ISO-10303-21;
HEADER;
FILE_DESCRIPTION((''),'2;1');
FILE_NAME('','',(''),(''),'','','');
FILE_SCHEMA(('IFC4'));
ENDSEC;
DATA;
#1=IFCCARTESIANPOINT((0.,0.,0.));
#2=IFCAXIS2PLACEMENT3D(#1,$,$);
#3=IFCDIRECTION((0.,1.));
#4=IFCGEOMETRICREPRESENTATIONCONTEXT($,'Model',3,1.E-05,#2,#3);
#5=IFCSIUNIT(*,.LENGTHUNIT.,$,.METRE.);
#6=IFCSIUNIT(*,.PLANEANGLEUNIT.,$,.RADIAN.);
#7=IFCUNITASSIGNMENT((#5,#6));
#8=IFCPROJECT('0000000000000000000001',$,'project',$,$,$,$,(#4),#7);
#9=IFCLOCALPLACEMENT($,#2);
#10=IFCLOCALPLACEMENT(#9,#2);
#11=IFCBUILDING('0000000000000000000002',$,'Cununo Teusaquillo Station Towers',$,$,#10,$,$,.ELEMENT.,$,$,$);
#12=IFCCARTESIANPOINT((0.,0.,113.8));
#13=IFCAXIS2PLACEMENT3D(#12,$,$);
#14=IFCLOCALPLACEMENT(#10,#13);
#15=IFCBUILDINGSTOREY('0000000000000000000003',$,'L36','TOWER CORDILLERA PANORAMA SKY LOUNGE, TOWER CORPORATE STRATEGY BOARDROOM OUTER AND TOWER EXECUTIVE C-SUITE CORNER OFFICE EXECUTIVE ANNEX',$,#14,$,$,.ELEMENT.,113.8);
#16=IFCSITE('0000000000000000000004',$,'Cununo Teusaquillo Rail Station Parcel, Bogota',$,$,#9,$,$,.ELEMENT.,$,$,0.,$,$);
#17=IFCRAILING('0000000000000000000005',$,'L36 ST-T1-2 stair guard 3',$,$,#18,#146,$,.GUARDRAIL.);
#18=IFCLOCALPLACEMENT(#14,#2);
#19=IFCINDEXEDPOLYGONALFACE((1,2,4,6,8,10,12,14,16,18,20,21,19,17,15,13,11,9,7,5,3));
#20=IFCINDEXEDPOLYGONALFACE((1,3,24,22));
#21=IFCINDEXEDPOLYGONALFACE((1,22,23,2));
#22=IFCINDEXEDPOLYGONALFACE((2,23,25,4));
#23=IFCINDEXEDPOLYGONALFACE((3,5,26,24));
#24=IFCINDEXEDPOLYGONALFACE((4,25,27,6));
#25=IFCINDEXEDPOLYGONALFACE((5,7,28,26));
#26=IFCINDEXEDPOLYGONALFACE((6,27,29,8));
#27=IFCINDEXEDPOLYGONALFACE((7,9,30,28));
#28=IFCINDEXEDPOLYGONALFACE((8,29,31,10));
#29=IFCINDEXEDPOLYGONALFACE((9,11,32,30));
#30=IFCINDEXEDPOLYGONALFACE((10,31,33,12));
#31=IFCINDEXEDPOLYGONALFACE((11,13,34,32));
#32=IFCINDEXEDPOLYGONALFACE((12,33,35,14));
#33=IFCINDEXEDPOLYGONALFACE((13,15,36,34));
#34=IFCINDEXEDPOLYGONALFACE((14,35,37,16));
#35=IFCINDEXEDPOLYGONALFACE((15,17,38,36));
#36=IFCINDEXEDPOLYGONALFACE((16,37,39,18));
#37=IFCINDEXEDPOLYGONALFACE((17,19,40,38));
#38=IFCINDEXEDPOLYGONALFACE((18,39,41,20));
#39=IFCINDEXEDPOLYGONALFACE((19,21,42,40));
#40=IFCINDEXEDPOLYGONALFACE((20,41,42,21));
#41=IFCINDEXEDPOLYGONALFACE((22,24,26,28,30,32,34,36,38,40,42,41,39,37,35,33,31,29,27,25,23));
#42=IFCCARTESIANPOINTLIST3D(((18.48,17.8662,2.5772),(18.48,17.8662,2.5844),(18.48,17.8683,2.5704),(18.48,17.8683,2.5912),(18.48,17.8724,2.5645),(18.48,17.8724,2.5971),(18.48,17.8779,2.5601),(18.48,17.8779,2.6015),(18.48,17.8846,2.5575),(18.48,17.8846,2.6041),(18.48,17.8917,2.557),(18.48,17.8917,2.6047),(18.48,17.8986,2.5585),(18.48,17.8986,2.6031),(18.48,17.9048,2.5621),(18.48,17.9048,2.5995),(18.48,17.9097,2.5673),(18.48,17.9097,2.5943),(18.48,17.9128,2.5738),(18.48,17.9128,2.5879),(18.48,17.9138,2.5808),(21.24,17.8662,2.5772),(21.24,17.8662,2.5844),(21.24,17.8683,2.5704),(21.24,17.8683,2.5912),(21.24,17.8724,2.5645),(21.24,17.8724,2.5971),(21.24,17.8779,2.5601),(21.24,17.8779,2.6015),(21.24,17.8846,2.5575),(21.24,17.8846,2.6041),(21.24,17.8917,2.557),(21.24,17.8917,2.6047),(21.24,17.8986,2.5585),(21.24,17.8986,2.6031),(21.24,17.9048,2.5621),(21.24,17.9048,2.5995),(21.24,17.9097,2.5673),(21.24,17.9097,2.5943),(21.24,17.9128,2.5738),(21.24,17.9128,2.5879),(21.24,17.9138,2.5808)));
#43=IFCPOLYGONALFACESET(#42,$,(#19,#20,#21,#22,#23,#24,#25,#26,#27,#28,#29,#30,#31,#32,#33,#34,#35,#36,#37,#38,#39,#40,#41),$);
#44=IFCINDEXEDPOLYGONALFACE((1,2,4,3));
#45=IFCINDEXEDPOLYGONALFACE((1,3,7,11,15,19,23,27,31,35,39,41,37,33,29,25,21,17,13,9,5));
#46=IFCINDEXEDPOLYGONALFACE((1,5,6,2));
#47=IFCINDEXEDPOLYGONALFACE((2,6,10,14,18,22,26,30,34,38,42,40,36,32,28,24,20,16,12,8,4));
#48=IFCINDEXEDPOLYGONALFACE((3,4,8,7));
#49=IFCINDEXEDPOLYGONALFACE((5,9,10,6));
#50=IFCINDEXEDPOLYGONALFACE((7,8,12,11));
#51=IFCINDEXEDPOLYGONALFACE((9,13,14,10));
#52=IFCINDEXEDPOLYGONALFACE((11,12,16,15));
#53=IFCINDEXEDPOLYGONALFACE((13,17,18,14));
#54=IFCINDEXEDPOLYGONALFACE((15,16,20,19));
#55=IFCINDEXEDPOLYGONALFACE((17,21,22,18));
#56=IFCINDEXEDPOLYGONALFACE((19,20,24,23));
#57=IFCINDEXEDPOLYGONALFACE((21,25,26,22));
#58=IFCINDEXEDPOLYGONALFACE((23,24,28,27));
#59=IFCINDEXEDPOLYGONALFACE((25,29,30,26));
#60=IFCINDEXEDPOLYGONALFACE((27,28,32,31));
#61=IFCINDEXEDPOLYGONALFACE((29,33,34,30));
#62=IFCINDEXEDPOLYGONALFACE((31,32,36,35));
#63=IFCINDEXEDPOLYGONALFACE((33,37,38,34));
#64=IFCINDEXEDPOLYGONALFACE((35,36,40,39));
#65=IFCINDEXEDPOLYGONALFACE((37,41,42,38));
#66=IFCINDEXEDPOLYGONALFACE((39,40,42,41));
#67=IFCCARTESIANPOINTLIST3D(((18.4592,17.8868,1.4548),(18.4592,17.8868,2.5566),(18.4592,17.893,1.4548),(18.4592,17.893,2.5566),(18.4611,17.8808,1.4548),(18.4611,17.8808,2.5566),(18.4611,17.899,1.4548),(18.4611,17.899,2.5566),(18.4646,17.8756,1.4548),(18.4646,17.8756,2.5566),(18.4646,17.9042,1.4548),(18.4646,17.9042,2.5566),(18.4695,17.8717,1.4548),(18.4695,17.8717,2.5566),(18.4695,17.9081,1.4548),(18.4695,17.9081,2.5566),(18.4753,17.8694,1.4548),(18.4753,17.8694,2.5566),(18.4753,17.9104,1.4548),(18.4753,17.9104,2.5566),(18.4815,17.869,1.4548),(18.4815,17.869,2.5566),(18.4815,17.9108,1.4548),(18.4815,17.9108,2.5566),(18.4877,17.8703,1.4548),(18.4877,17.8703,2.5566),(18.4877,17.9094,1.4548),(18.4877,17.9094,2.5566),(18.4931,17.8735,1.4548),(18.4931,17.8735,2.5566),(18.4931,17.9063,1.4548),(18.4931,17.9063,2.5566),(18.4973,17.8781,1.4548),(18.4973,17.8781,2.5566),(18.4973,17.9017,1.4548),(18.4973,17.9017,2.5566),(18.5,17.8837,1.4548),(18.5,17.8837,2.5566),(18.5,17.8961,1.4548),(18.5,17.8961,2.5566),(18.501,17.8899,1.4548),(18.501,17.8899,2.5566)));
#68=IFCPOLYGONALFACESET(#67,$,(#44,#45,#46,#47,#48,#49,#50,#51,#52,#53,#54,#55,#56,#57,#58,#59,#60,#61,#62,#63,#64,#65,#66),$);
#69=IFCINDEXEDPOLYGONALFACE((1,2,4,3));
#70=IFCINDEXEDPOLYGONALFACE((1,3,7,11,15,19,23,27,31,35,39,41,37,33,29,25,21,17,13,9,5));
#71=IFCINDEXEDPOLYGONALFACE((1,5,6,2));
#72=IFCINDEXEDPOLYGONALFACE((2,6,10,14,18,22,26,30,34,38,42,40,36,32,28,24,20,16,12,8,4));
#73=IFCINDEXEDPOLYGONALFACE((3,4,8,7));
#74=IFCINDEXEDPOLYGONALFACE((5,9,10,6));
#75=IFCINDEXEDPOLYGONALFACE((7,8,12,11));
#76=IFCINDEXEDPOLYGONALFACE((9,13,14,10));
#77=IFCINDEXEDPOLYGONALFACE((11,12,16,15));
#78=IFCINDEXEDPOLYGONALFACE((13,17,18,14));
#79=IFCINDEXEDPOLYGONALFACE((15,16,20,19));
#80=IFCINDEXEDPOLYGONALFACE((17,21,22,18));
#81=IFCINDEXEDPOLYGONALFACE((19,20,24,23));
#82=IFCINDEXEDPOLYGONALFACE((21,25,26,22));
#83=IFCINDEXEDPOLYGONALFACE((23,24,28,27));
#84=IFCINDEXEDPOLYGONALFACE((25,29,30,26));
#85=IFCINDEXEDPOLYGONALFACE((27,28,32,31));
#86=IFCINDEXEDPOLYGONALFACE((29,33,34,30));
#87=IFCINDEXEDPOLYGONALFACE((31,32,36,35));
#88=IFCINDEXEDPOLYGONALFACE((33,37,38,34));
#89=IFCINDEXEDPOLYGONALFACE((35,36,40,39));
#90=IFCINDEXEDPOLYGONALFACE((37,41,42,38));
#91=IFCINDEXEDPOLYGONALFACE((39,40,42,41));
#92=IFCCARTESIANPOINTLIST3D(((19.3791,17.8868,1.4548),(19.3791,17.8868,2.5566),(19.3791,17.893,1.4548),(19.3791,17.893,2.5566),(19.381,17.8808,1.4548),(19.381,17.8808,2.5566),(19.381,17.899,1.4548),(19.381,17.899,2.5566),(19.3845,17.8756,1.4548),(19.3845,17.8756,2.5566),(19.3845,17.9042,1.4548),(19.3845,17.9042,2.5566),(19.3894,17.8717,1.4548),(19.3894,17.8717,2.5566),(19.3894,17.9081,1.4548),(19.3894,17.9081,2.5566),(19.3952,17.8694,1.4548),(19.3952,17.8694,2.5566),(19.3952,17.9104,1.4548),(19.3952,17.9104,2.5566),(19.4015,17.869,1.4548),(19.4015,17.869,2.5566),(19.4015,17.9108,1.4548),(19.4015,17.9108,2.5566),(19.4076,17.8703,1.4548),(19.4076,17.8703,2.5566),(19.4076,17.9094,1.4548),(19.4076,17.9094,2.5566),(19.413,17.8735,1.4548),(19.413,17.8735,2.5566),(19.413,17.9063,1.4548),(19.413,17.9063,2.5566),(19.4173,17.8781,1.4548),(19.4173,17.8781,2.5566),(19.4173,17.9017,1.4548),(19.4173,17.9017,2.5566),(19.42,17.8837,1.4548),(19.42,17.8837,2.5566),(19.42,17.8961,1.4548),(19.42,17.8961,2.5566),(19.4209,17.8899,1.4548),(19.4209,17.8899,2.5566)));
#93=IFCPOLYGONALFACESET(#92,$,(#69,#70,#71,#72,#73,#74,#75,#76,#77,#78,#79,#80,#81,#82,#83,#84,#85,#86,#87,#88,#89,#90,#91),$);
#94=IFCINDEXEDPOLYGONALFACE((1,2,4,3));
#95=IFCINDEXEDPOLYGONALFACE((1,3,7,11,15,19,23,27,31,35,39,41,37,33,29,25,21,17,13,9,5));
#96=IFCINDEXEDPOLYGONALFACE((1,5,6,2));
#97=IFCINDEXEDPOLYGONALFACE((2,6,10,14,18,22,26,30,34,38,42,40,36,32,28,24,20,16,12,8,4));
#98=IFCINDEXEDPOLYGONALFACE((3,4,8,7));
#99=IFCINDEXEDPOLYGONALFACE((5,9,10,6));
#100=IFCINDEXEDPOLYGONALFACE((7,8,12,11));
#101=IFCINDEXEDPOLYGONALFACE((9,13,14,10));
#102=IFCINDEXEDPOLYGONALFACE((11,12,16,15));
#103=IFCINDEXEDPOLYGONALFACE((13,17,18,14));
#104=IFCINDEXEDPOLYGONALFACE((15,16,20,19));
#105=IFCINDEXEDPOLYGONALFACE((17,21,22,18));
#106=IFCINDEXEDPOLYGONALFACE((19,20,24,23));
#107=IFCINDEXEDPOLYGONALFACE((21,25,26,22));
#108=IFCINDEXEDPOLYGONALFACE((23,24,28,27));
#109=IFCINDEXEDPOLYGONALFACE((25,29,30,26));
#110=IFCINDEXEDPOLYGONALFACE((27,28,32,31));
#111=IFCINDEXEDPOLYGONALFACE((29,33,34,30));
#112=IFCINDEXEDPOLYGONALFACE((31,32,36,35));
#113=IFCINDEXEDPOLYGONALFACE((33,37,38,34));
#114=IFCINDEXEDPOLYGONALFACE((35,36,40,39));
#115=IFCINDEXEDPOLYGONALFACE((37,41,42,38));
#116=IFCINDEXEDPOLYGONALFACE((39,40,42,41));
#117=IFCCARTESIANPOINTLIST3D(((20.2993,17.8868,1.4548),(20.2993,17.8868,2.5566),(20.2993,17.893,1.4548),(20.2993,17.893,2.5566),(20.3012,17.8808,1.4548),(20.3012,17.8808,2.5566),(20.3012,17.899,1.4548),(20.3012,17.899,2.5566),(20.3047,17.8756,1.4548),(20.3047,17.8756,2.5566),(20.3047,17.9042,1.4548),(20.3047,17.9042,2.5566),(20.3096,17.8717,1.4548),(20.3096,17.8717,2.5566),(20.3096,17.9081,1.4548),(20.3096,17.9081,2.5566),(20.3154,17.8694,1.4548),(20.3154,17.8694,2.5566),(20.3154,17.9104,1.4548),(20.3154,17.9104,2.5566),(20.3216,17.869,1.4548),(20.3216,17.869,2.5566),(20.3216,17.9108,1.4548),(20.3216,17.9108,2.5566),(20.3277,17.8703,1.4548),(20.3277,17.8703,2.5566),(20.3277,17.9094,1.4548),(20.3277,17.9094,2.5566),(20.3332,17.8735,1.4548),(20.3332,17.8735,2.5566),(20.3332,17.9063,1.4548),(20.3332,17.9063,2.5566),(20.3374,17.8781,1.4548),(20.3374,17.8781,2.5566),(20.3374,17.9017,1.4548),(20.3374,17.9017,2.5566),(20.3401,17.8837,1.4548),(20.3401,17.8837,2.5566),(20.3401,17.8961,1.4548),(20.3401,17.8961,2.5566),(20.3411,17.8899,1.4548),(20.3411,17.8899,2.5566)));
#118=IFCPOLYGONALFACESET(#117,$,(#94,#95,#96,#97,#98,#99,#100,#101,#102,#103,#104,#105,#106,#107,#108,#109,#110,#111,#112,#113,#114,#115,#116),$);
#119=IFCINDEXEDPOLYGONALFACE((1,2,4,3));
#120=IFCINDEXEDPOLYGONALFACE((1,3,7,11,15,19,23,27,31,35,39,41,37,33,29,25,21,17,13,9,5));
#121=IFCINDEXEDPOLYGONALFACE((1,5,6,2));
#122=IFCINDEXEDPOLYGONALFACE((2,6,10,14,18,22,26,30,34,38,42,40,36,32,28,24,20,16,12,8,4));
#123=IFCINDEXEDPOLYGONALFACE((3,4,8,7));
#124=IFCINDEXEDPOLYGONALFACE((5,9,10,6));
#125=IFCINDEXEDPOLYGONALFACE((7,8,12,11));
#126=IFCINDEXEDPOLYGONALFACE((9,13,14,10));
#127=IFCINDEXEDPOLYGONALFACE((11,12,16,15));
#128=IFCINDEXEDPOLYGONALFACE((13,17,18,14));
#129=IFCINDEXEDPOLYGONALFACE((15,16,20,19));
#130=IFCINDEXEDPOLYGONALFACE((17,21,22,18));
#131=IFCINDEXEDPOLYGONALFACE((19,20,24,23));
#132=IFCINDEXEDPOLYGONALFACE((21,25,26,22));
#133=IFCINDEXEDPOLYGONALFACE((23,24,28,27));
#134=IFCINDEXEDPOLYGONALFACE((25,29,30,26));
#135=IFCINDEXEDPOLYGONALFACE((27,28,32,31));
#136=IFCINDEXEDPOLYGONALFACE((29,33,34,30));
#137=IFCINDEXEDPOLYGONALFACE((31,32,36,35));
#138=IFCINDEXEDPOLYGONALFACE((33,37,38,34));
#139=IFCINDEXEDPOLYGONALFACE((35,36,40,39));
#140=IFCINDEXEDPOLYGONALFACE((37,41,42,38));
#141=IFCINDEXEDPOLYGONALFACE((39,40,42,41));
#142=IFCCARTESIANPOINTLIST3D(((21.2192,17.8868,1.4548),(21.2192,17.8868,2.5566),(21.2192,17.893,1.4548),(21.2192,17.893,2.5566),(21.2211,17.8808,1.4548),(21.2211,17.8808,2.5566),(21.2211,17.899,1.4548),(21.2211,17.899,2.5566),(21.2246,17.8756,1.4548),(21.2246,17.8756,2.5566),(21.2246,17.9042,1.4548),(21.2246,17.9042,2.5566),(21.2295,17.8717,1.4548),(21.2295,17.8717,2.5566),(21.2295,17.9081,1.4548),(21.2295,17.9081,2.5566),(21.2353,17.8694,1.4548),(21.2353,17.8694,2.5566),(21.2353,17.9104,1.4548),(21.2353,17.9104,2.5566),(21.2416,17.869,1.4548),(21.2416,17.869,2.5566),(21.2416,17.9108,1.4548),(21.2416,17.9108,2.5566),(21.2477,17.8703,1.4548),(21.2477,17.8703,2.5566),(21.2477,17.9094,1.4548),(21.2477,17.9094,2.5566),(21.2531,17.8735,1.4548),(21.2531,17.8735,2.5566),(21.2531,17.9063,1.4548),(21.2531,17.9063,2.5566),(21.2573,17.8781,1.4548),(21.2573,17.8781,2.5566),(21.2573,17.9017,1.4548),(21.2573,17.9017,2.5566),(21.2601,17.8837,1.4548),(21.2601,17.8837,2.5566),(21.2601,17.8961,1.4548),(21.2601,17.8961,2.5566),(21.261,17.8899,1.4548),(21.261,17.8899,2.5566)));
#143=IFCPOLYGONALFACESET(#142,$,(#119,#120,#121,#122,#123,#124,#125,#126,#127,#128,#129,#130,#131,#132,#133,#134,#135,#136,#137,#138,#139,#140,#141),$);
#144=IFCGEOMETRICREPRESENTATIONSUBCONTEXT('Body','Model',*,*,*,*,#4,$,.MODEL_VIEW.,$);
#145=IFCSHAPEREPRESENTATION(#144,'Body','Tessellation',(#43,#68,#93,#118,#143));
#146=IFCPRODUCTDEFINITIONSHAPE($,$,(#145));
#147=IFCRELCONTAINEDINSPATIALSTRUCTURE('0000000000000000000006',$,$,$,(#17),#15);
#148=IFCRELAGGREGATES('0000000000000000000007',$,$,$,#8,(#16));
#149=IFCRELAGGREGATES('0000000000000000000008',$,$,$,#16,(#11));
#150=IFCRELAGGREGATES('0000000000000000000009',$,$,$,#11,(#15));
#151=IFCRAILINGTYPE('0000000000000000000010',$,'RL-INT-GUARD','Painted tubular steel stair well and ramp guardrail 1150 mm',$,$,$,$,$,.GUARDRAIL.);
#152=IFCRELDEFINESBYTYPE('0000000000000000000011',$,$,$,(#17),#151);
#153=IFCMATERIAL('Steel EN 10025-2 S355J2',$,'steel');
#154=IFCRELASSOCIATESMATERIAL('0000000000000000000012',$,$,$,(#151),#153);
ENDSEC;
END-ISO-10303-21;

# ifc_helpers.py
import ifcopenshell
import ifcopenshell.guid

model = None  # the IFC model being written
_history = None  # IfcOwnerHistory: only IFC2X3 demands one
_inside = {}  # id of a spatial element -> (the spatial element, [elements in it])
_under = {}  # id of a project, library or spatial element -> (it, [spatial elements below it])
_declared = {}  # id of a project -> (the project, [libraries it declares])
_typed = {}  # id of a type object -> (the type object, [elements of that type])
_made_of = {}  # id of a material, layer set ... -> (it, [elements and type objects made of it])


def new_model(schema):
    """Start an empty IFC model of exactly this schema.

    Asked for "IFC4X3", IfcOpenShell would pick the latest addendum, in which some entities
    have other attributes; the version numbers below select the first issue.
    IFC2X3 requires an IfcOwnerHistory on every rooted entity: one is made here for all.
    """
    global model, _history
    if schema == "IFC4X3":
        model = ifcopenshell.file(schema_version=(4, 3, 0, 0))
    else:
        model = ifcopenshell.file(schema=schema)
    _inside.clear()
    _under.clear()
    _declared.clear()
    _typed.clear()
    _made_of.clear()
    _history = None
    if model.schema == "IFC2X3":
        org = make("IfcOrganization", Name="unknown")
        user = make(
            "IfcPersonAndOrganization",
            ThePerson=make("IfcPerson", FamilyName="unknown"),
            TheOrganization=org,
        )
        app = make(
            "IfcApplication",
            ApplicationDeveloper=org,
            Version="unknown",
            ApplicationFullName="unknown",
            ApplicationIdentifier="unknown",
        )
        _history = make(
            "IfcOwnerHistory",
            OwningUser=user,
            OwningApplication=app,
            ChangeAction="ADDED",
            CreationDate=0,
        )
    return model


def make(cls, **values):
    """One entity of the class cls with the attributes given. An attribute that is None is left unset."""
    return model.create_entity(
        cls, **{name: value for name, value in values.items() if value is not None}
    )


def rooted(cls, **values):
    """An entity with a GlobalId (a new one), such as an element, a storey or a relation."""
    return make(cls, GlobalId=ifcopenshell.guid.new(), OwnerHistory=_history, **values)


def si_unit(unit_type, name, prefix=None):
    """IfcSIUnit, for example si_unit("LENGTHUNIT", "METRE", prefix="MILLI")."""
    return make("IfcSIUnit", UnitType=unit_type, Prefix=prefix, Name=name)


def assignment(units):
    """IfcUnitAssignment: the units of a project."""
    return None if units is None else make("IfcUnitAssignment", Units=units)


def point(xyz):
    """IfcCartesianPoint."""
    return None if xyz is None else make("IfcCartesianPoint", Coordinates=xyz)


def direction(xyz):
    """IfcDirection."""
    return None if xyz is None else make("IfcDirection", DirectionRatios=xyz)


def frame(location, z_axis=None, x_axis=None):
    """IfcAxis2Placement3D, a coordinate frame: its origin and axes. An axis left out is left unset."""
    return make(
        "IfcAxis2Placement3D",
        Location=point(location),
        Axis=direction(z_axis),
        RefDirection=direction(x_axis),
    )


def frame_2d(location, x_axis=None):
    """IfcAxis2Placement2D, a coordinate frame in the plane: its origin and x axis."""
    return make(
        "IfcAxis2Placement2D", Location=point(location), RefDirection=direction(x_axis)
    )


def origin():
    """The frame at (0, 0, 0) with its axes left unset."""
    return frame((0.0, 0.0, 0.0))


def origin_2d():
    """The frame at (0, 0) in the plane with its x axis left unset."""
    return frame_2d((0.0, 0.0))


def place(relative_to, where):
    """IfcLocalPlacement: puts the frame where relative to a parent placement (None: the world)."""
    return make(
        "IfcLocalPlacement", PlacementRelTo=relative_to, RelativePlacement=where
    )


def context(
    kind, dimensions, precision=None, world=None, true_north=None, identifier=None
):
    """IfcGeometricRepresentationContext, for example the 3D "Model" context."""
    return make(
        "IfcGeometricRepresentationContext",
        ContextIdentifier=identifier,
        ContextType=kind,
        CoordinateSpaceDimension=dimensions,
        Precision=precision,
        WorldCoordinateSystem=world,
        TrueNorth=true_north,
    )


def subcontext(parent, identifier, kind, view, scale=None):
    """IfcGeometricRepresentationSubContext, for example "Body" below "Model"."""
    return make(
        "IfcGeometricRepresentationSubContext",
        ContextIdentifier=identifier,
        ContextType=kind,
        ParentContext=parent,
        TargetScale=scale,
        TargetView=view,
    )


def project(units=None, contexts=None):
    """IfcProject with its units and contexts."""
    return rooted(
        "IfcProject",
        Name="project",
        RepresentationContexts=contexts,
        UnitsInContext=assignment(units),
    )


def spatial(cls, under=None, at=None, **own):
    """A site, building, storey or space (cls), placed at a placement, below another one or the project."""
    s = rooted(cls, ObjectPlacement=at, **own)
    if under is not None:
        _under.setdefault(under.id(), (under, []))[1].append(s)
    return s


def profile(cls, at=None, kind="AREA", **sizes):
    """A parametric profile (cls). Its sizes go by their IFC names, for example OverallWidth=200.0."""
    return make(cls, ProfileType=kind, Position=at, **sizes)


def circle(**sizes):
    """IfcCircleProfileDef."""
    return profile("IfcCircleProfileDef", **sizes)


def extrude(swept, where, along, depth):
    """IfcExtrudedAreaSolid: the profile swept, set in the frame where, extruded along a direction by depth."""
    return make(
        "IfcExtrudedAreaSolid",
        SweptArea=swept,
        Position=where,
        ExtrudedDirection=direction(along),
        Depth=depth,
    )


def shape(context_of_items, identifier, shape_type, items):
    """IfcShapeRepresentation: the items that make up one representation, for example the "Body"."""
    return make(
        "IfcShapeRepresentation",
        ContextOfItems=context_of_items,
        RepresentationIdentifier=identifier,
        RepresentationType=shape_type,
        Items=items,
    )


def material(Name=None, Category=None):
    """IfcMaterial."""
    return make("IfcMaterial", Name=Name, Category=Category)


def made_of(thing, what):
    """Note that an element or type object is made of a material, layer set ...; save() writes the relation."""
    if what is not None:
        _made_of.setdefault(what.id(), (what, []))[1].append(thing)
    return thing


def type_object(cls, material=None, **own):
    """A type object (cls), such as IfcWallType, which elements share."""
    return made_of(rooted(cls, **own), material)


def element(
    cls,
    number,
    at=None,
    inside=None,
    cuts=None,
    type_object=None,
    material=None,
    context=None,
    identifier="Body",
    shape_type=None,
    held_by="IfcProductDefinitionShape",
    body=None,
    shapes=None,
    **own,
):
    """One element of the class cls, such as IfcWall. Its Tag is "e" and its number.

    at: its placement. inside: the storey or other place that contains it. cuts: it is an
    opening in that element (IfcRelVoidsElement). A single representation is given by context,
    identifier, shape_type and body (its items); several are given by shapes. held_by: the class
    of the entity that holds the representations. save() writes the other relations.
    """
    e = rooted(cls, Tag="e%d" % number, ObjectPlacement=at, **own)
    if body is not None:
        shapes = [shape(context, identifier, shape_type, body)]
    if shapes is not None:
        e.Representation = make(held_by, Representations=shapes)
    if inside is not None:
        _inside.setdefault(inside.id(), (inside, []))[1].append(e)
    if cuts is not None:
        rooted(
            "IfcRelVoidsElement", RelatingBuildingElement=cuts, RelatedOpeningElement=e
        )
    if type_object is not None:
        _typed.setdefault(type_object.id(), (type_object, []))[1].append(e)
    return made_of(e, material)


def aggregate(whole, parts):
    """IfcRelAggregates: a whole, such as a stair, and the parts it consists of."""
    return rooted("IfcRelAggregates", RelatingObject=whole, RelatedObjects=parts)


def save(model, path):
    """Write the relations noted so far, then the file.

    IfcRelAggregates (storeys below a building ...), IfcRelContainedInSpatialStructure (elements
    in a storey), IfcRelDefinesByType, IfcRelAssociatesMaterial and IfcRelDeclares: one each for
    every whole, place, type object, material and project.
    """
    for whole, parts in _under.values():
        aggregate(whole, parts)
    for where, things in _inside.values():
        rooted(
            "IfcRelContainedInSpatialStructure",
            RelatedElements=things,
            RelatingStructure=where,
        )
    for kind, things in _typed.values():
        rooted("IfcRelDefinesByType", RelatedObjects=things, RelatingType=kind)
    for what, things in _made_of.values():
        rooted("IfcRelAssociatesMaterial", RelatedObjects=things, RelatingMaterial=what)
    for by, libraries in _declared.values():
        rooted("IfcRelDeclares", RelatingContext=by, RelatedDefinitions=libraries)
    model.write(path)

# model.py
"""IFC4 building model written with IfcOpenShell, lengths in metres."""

from ifc_helpers import new_model, si_unit, direction, frame, origin, origin_2d, place, context, subcontext, project, spatial, circle, extrude, material, type_object, element, save


model = new_model("IFC4")

# Units and contexts
model_context = context("Model", 3, precision=1e-05, world=origin(), true_north=direction((0.0, 1.0)))
body_context = subcontext(model_context, "Body", "Model", "MODEL_VIEW")
ifc_project = project(units=[si_unit("LENGTHUNIT", "METRE"), si_unit("PLANEANGLEUNIT", "RADIAN")], contexts=[model_context])

# Site, building, storey
site_placement = place(None, origin())
site = spatial("IfcSite", under=ifc_project, at=site_placement, Name="Cununo Teusaquillo Rail Station Parcel, Bogota", CompositionType="ELEMENT", RefElevation=0.0)
building_placement = place(site_placement, origin())
building = spatial("IfcBuilding", under=site, at=building_placement, Name="Cununo Teusaquillo Station Towers", CompositionType="ELEMENT")
storey_placement = place(building_placement, frame((0.0, 0.0, 113.8)))
storey = spatial("IfcBuildingStorey", under=building, at=storey_placement, Name="L36", Description="TOWER CORDILLERA PANORAMA SKY LOUNGE, TOWER CORPORATE STRATEGY BOARDROOM OUTER AND TOWER EXECUTIVE C-SUITE CORNER OFFICE EXECUTIVE ANNEX", CompositionType="ELEMENT", Elevation=113.8)

# Railing
ifc_material_1 = material(Name="Steel EN 10025-2 S355J2", Category="steel")
railing_type_1 = type_object("IfcRailingType", Name="RL-INT-GUARD", Description="Painted tubular steel stair well and ramp guardrail 1150 mm", PredefinedType="GUARDRAIL", material=ifc_material_1)
railing_1_placement = place(storey_placement, frame((18.48, 17.8899, 1.4548)))
element("IfcRailing", 1, at=railing_1_placement, inside=storey, type_object=railing_type_1, Name="L36 ST-T1-2 stair guard 3", PredefinedType="GUARDRAIL", context=body_context, shape_type="SweptSolid", body=[
    extrude(circle(Radius=0.0239, at=origin_2d()), frame((0.0, 0.0, 1.126), z_axis=(1.0, 0.0, 0.0), x_axis=(0.0, 1.0, 0.0)), (0.0, 0.0, 1.0), 2.76),
    extrude(circle(Radius=0.021, at=origin_2d()), origin(), (0.0, 0.0, 1.0), 1.1018),
    extrude(circle(Radius=0.021, at=origin_2d()), frame((0.9199, 0.0, 0.0)), (0.0, 0.0, 1.0), 1.1018),
    extrude(circle(Radius=0.021, at=origin_2d()), frame((1.8401, 0.0, 0.0)), (0.0, 0.0, 1.0), 1.1018),
    extrude(circle(Radius=0.021, at=origin_2d()), frame((2.76, 0.0, 0.0)), (0.0, 0.0, 1.0), 1.1018),
])

save(model, "model.ifc")
